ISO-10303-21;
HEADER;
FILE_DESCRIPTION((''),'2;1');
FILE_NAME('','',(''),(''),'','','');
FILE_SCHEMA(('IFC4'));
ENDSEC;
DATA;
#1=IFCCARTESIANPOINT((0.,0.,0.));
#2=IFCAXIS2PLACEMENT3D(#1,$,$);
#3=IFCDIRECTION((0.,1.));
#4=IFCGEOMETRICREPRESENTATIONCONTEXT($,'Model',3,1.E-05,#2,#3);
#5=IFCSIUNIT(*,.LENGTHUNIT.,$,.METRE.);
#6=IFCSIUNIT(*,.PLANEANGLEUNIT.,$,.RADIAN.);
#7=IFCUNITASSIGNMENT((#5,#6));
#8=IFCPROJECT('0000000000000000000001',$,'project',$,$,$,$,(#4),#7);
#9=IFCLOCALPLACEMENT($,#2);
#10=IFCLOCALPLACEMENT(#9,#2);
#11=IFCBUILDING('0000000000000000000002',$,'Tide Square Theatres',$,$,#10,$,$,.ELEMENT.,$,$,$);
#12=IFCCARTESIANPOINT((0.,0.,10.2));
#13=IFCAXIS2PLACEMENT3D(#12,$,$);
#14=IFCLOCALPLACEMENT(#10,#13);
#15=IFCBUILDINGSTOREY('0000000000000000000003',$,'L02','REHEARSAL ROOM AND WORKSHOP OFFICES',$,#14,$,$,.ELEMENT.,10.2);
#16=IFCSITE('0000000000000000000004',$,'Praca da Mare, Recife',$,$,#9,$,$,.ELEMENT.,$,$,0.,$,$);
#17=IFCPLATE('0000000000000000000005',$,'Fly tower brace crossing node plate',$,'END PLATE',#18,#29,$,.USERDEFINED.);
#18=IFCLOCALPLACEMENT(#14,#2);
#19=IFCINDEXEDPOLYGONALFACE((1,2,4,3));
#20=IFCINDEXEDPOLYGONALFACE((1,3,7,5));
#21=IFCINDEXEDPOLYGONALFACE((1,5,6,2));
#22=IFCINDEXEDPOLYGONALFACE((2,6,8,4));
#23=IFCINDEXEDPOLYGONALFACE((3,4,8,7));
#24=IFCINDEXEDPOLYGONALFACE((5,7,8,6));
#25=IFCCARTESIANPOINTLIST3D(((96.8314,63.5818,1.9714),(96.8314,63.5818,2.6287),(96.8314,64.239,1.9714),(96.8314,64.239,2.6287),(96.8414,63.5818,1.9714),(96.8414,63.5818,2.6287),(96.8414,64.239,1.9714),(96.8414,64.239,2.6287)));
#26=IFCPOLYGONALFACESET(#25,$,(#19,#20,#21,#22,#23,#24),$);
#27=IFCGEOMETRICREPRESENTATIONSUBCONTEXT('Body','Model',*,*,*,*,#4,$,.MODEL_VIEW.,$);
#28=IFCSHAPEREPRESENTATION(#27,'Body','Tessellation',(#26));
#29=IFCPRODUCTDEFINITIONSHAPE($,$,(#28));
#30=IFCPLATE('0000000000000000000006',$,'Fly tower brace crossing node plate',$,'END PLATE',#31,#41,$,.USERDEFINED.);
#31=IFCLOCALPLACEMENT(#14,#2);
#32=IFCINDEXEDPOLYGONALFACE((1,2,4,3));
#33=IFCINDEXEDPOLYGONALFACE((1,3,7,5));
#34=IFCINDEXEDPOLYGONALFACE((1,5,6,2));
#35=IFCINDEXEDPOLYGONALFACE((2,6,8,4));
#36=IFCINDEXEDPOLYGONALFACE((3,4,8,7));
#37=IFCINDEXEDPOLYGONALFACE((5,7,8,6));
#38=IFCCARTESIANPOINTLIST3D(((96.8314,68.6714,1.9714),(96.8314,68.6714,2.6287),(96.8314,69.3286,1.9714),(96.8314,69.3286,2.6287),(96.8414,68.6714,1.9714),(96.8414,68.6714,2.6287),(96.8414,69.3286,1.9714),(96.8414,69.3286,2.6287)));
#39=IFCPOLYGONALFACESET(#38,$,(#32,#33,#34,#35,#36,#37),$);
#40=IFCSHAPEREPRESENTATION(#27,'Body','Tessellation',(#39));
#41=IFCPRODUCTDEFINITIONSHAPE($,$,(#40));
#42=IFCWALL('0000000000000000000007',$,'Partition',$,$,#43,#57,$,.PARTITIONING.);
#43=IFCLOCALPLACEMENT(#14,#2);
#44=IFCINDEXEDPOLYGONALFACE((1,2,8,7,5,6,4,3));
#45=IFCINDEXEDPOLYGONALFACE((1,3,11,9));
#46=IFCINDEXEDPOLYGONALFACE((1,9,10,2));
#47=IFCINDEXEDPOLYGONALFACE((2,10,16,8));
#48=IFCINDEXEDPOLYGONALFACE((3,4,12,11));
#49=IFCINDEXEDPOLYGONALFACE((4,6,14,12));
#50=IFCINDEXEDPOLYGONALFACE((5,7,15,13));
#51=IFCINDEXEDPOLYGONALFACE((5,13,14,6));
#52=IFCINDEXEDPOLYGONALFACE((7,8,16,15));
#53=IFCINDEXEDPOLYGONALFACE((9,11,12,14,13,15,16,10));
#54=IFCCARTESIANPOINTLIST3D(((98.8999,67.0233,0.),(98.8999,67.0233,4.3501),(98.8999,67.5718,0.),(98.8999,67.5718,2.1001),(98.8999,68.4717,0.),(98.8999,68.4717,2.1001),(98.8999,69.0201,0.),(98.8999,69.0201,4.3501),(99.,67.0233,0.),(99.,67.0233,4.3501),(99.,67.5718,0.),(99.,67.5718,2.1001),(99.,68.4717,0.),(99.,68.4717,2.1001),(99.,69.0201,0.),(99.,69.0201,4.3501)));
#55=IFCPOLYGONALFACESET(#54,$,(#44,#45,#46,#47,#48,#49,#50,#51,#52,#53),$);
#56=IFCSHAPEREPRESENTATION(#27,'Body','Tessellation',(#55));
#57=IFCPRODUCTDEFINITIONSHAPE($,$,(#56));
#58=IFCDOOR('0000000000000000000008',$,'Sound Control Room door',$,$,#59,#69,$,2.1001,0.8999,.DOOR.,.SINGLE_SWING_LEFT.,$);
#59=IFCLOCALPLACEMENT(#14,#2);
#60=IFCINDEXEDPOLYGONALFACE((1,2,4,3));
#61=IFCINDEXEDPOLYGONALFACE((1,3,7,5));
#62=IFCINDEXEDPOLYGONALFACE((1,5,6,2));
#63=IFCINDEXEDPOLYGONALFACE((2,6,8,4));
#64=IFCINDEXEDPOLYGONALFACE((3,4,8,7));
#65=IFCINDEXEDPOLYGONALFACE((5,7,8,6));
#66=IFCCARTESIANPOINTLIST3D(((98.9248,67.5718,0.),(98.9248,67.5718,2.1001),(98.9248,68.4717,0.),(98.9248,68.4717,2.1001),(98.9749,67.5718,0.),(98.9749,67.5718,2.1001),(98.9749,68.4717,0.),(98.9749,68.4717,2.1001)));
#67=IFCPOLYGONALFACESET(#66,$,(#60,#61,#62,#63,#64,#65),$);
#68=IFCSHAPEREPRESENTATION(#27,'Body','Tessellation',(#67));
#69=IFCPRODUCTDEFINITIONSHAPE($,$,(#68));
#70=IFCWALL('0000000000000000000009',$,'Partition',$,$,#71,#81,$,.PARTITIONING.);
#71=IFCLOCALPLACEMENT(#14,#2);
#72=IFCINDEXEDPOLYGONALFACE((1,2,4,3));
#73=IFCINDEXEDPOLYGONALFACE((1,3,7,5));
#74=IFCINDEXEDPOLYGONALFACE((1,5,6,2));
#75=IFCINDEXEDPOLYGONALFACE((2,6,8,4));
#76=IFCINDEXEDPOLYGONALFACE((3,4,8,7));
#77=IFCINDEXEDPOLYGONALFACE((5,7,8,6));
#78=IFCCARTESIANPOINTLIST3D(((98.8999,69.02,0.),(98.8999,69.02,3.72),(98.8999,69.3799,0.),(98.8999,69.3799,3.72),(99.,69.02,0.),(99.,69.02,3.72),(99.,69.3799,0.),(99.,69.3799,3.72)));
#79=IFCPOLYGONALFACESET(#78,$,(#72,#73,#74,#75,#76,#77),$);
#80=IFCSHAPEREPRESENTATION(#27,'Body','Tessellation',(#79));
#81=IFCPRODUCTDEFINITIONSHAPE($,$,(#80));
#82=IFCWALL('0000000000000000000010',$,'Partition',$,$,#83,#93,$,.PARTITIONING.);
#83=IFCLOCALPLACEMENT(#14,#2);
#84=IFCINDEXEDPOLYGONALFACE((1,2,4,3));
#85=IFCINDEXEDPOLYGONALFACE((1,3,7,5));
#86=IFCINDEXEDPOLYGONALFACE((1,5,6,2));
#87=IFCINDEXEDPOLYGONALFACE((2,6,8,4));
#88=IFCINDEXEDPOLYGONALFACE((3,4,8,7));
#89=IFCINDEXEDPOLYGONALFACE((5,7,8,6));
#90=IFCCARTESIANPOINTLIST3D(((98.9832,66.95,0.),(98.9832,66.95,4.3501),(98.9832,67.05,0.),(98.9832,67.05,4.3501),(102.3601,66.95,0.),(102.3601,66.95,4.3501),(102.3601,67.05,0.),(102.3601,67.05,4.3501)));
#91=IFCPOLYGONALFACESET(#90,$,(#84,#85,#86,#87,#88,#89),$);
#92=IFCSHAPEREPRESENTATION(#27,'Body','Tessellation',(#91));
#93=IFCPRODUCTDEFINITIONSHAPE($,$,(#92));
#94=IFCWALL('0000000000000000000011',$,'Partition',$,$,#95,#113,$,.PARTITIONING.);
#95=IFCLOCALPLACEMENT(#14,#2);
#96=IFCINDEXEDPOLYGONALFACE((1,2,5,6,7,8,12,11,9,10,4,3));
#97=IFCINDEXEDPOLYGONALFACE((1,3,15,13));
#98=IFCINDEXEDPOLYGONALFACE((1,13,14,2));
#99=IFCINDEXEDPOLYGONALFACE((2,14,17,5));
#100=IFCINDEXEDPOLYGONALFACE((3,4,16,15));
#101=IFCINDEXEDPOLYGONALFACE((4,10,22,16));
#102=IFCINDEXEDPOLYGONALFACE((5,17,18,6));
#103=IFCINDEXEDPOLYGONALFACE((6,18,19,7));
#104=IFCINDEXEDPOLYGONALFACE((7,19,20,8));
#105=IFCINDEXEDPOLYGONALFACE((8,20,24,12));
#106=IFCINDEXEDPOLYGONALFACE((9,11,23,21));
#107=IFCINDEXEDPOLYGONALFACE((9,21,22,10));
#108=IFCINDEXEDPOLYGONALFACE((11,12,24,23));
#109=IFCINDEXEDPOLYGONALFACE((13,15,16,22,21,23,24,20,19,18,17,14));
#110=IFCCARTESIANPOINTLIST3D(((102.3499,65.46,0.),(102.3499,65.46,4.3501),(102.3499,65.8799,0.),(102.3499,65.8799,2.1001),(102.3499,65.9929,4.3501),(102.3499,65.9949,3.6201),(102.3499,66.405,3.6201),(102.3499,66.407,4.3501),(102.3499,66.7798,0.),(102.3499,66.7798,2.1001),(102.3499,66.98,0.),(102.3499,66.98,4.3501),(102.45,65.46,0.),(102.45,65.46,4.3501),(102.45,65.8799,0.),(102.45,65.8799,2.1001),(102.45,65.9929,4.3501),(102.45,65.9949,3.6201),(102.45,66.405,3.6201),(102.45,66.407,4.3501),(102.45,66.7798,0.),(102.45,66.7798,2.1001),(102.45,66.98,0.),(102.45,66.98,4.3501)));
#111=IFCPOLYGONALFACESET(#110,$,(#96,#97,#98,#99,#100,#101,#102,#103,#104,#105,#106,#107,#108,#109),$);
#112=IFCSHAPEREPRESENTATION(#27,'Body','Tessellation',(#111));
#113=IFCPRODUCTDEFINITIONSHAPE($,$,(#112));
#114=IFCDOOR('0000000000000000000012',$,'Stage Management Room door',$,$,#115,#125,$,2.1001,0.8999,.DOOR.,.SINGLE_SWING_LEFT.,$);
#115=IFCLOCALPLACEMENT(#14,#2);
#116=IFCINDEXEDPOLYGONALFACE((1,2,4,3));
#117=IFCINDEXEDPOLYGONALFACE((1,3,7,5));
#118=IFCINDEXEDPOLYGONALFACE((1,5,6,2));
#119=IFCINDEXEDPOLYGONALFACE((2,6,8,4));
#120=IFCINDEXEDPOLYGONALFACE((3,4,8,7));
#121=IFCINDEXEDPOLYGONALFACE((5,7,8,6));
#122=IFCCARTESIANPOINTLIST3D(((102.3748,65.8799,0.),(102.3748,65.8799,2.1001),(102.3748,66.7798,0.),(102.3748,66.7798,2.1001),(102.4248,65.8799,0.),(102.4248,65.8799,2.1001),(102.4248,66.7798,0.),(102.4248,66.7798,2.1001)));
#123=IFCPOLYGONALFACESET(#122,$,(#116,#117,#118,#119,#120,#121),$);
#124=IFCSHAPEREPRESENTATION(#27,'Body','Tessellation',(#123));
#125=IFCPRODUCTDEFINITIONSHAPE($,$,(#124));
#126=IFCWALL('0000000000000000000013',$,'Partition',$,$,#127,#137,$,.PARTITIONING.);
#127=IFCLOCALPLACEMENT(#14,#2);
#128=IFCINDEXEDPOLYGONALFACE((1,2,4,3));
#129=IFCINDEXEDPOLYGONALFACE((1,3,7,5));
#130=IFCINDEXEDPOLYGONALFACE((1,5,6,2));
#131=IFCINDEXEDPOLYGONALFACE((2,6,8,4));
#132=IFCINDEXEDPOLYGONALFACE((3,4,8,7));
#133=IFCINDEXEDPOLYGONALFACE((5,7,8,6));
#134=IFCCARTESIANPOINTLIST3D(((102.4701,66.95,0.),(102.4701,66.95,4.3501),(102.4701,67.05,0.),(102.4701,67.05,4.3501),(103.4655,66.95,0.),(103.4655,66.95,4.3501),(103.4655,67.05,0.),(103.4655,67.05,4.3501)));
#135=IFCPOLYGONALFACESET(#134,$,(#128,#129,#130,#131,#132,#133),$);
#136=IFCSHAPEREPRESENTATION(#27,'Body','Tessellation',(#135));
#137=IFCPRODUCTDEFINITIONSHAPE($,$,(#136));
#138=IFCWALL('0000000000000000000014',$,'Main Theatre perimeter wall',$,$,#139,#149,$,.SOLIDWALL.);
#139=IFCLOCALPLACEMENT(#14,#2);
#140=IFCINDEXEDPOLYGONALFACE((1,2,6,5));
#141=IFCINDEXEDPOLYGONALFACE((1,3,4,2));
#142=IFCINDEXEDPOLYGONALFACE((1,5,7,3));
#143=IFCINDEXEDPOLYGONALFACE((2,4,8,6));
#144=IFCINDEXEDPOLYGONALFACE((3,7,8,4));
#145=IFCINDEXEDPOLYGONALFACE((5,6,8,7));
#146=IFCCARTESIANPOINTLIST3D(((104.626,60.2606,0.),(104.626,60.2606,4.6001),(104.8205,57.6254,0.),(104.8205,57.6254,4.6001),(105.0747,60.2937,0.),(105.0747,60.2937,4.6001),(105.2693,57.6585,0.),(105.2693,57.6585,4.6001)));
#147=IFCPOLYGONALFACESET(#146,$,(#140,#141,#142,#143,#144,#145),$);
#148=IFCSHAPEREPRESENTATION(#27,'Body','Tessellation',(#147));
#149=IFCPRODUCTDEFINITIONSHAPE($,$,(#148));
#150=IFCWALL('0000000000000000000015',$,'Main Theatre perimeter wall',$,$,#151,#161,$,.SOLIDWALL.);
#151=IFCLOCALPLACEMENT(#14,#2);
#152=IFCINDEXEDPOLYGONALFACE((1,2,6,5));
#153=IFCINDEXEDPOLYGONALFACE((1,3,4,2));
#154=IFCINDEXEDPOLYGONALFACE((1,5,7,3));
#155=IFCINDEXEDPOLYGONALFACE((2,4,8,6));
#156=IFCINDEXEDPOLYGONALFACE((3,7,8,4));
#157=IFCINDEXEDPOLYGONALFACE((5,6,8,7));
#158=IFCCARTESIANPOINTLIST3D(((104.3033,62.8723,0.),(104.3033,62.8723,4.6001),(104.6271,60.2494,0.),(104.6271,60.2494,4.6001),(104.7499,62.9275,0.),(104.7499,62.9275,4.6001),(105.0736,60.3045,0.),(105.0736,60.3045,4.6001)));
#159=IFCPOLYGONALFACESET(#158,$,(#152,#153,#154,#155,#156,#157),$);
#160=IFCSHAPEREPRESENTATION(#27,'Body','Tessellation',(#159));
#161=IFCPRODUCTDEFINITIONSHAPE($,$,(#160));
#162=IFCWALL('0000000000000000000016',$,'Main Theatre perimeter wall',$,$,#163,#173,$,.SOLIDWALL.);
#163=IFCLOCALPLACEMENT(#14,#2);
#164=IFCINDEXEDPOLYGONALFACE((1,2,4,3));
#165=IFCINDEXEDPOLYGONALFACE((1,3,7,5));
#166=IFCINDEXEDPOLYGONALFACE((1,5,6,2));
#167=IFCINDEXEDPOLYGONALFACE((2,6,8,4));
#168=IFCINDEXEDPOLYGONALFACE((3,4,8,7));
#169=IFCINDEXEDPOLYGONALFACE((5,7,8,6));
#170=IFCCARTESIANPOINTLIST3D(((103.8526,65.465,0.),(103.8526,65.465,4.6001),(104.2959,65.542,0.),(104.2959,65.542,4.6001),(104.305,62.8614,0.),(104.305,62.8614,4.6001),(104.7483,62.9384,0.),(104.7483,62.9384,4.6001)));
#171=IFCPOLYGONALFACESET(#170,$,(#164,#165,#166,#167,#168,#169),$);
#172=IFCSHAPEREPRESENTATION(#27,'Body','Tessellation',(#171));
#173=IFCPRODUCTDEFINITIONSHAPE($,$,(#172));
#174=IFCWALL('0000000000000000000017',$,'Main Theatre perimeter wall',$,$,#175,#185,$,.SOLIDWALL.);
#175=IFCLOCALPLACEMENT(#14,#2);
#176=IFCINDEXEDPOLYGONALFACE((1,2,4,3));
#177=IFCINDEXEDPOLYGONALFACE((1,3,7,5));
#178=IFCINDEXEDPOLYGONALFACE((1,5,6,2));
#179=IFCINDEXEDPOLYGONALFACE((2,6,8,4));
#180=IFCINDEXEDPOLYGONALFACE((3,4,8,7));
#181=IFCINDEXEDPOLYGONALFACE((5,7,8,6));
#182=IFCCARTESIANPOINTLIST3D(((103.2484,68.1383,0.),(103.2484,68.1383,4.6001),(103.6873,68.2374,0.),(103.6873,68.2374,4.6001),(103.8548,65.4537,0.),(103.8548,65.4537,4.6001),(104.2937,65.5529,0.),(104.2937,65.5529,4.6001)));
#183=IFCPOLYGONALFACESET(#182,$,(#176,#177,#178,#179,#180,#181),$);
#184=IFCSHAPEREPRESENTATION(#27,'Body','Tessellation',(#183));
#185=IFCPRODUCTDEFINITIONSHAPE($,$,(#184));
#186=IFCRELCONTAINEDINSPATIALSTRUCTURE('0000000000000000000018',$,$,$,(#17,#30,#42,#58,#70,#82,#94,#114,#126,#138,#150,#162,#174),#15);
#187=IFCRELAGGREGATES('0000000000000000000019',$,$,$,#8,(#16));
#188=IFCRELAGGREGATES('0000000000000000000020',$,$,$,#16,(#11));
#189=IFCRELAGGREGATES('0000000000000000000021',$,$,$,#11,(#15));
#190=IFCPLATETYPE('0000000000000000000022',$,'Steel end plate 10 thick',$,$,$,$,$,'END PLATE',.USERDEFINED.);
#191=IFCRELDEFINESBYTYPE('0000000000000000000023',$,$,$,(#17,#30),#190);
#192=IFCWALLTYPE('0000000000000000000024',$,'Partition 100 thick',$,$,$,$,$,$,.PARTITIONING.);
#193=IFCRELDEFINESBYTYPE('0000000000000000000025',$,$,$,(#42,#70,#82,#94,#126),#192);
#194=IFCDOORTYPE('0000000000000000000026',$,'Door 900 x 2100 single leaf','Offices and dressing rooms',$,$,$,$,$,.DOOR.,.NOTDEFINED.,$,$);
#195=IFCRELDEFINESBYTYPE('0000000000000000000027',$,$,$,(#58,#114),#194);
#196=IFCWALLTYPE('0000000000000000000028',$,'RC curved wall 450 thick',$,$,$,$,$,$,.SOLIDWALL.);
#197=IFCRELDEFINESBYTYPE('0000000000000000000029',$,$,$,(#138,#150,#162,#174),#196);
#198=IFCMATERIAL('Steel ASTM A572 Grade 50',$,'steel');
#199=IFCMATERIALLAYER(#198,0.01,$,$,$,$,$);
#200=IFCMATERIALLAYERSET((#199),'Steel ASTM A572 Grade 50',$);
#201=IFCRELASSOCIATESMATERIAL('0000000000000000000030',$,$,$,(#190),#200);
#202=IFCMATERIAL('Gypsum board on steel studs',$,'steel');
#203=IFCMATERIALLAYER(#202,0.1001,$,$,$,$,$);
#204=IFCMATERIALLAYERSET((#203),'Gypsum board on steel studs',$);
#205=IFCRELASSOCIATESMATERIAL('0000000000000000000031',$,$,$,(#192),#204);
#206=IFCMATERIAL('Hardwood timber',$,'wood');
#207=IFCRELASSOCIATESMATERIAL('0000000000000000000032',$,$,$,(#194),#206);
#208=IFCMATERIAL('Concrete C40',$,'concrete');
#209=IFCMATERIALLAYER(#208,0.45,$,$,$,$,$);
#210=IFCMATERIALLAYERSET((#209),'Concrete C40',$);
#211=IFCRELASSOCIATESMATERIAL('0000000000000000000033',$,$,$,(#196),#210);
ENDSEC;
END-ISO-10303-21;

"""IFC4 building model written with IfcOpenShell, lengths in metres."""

from ifc_helpers import new_model, si_unit, direction, frame, frame_2d, origin, origin_2d, place, context, subcontext, project, spatial, polyline, rectangle, outline, extrude, material, layer, layer_set, type_object, element, fill, save


model = new_model("IFC4")

# Units and contexts
model_context = context("Model", 3, precision=1e-05, world=origin(), true_north=direction((0.0, 1.0)))
body_context = subcontext(model_context, "Body", "Model", "MODEL_VIEW")
ifc_project = project(units=[si_unit("LENGTHUNIT", "METRE"), si_unit("PLANEANGLEUNIT", "RADIAN")], contexts=[model_context])

# Site, building, storey
site_placement = place(None, origin())
site = spatial("IfcSite", under=ifc_project, at=site_placement, Name="Praca da Mare, Recife", CompositionType="ELEMENT", RefElevation=0.0)
building_placement = place(site_placement, origin())
building = spatial("IfcBuilding", under=site, at=building_placement, Name="Tide Square Theatres", CompositionType="ELEMENT")
storey_placement = place(building_placement, frame((0.0, 0.0, 10.2)))
storey = spatial("IfcBuildingStorey", under=building, at=storey_placement, Name="L02", Description="REHEARSAL ROOM AND WORKSHOP OFFICES", CompositionType="ELEMENT", Elevation=10.2)

# Plates
ifc_material_1 = material(Name="Steel ASTM A572 Grade 50", Category="steel")
ifc_layer_1 = layer(ifc_material_1, 0.01)
ifc_layer_set_1 = layer_set([ifc_layer_1], Name="Steel ASTM A572 Grade 50")
plate_type = type_object("IfcPlateType", Name="Steel end plate 10 thick", ElementType="END PLATE", PredefinedType="USERDEFINED", material=ifc_layer_set_1)
for number, where, z_axis, x_axis, name in (
    (1, (96.8364, 63.9104, 1.9714), (0.0, 0.0, 1.0), (1.0, 0.0, 0.0), "Fly tower brace crossing node plate"),
    (2, (96.8364, 69.0, 1.9714), (0.0, 0.0, 1.0), (1.0, 0.0, 0.0), "Fly tower brace crossing node plate"),
):
    element("IfcPlate", number, at=place(storey_placement, frame(where, z_axis=z_axis, x_axis=x_axis)), inside=storey, type_object=plate_type, Name=name, ObjectType="END PLATE", PredefinedType="USERDEFINED", context=body_context, shape_type="SweptSolid", body=[
        extrude(rectangle(XDim=0.01, YDim=0.6572, at=origin_2d()), origin(), (0.0, 0.0, 1.0), 0.6572),
    ])

# Wall, opening, door
ifc_material_2 = material(Name="Gypsum board on steel studs", Category="steel")
ifc_layer_2 = layer(ifc_material_2, 0.1001)
ifc_layer_set_2 = layer_set([ifc_layer_2], Name="Gypsum board on steel studs")
wall_type_1 = type_object("IfcWallType", Name="Partition 100 thick", PredefinedType="PARTITIONING", material=ifc_layer_set_2)
wall_1_placement = place(storey_placement, frame((98.95, 67.0232, 0.0), z_axis=(0.0, 0.0, 1.0), x_axis=(0.0, 1.0, 0.0)))
wall_1 = element("IfcWall", 3, at=wall_1_placement, inside=storey, type_object=wall_type_1, Name="Partition", PredefinedType="PARTITIONING", context=body_context, shape_type="SweptSolid", body=[
    extrude(rectangle(XDim=1.9968, YDim=0.1001, at=frame_2d((0.9985, 0.0))), origin(), (0.0, 0.0, 1.0), 4.3501),
])
opening_1_placement = place(wall_1_placement, frame((0.5486, 0.0, 0.0)))
opening_1 = element("IfcOpeningElement", 4, at=opening_1_placement, cuts=wall_1, PredefinedType="OPENING", context=body_context, shape_type="SweptSolid", body=[
    extrude(rectangle(XDim=0.8999, YDim=2.1001, at=frame_2d((0.45, 1.05))), frame((0.0, 0.0601, 0.0), z_axis=(0.0, -1.0, 0.0), x_axis=(1.0, 0.0, 0.0)), (0.0, 0.0, 1.0), 0.1201),
])
ifc_material_3 = material(Name="Hardwood timber", Category="wood")
door_type_1 = type_object("IfcDoorType", Name="Door 900 x 2100 single leaf", Description="Offices and dressing rooms", OperationType="NOTDEFINED", PredefinedType="DOOR", material=ifc_material_3)
door_1_placement = place(opening_1_placement, frame((0.8999, 0.0, 0.0), z_axis=(0.0, 0.0, 1.0), x_axis=(-1.0, 0.0, 0.0)))
door_1 = element("IfcDoor", 5, at=door_1_placement, inside=storey, type_object=door_type_1, Name="Sound Control Room door", OperationType="SINGLE_SWING_LEFT", OverallHeight=2.1001, OverallWidth=0.8999, PredefinedType="DOOR", context=body_context, shape_type="SweptSolid", body=[
    extrude(rectangle(XDim=0.8999, YDim=2.1001, at=frame_2d((0.45, 1.05))), frame((0.0, 0.0249, 0.0), z_axis=(0.0, -1.0, 0.0), x_axis=(1.0, 0.0, 0.0)), (0.0, 0.0, 1.0), 0.05),
])
fill(opening_1, door_1)

# Walls
wall_2_placement = place(storey_placement, frame((98.95, 69.02, 0.0), z_axis=(0.0, 0.0, 1.0), x_axis=(0.0, 1.0, 0.0)))
element("IfcWall", 6, at=wall_2_placement, inside=storey, type_object=wall_type_1, Name="Partition", PredefinedType="PARTITIONING", context=body_context, shape_type="SweptSolid", body=[
    extrude(rectangle(XDim=0.3599, YDim=0.1001, at=frame_2d((0.1799, 0.0))), origin(), (0.0, 0.0, 1.0), 3.72),
])
wall_3_placement = place(storey_placement, frame((102.3601, 67.0, 0.0), z_axis=(0.0, 0.0, 1.0), x_axis=(-1.0, 0.0, 0.0)))
element("IfcWall", 7, at=wall_3_placement, inside=storey, type_object=wall_type_1, Name="Partition", PredefinedType="PARTITIONING", context=body_context, shape_type="SweptSolid", body=[
    extrude(rectangle(XDim=3.377, YDim=0.1001, at=frame_2d((1.6885, 0.0))), origin(), (0.0, 0.0, 1.0), 4.3501),
])

# Wall, opening, door
wall_4_placement = place(storey_placement, frame((102.3999, 65.46, 0.0), z_axis=(0.0, 0.0, 1.0), x_axis=(0.0, 1.0, 0.0)))
wall_4 = element("IfcWall", 8, at=wall_4_placement, inside=storey, type_object=wall_type_1, Name="Partition", PredefinedType="PARTITIONING", context=body_context, shape_type="SweptSolid", body=[
    extrude(outline(polyline([(0.0, 0.0), (1.52, 0.0), (1.52, 4.3501), (0.947, 4.3501), (0.9451, 3.6201), (0.5349, 3.6201), (0.533, 4.3501), (0.0, 4.3501), (0.0, 0.0)])), frame((0.0, 0.05, 0.0), z_axis=(0.0, -1.0, 0.0), x_axis=(1.0, 0.0, 0.0)), (0.0, 0.0, 1.0), 0.1001),
])
opening_2_placement = place(wall_4_placement, frame((0.4199, 0.0, 0.0)))
opening_2 = element("IfcOpeningElement", 9, at=opening_2_placement, cuts=wall_4, PredefinedType="OPENING", context=body_context, shape_type="SweptSolid", body=[
    extrude(rectangle(XDim=0.8999, YDim=2.1001, at=frame_2d((0.45, 1.05))), frame((0.0, 0.0601, 0.0), z_axis=(0.0, -1.0, 0.0), x_axis=(1.0, 0.0, 0.0)), (0.0, 0.0, 1.0), 0.1201),
])
door_2_placement = place(opening_2_placement, frame((0.8999, 0.0, 0.0), z_axis=(0.0, 0.0, 1.0), x_axis=(-1.0, 0.0, 0.0)))
door_2 = element("IfcDoor", 10, at=door_2_placement, inside=storey, type_object=door_type_1, Name="Stage Management Room door", OperationType="SINGLE_SWING_LEFT", OverallHeight=2.1001, OverallWidth=0.8999, PredefinedType="DOOR", context=body_context, shape_type="SweptSolid", body=[
    extrude(rectangle(XDim=0.8999, YDim=2.1001, at=frame_2d((0.45, 1.05))), frame((0.0, 0.0249, 0.0), z_axis=(0.0, -1.0, 0.0), x_axis=(1.0, 0.0, 0.0)), (0.0, 0.0, 1.0), 0.05),
])
fill(opening_2, door_2)

# Walls
wall_5_placement = place(storey_placement, frame((103.4653, 67.0, 0.0), z_axis=(0.0, 0.0, 1.0), x_axis=(-1.0, 0.0, 0.0)))
element("IfcWall", 11, at=wall_5_placement, inside=storey, type_object=wall_type_1, Name="Partition", PredefinedType="PARTITIONING", context=body_context, shape_type="SweptSolid", body=[
    extrude(rectangle(XDim=0.9954, YDim=0.1001, at=frame_2d((0.4976, 0.0))), origin(), (0.0, 0.0, 1.0), 4.3501),
])
ifc_material_4 = material(Name="Concrete C40", Category="concrete")
ifc_layer_3 = layer(ifc_material_4, 0.45)
ifc_layer_set_3 = layer_set([ifc_layer_3], Name="Concrete C40")
wall_type_2 = type_object("IfcWallType", Name="RC curved wall 450 thick", PredefinedType="SOLIDWALL", material=ifc_layer_set_3)
wall_6_placement = place(storey_placement, frame((105.0449, 57.6418, 0.0), z_axis=(0.0, 0.0, 1.0), x_axis=(-0.073637, 0.997285, 0.0)))
element("IfcWall", 12, at=wall_6_placement, inside=storey, type_object=wall_type_2, Name="Main Theatre perimeter wall", PredefinedType="SOLIDWALL", context=body_context, shape_type="SweptSolid", body=[
    extrude(rectangle(XDim=2.6423, YDim=0.45, at=frame_2d((1.3213, 0.0))), origin(), (0.0, 0.0, 1.0), 4.6001),
])
wall_7_placement = place(storey_placement, frame((104.8503, 60.2771, 0.0), z_axis=(0.0, 0.0, 1.0), x_axis=(-0.1225, 0.992469, 0.0)))
element("IfcWall", 13, at=wall_7_placement, inside=storey, type_object=wall_type_2, Name="Main Theatre perimeter wall", PredefinedType="SOLIDWALL", context=body_context, shape_type="SweptSolid", body=[
    extrude(rectangle(XDim=2.6428, YDim=0.45, at=frame_2d((1.3213, 0.0))), origin(), (0.0, 0.0, 1.0), 4.6001),
])
wall_8_placement = place(storey_placement, frame((104.5266, 62.8999, 0.0), z_axis=(0.0, 0.0, 1.0), x_axis=(-0.171197, 0.985237, 0.0)))
element("IfcWall", 14, at=wall_8_placement, inside=storey, type_object=wall_type_2, Name="Main Theatre perimeter wall", PredefinedType="SOLIDWALL", context=body_context, shape_type="SweptSolid", body=[
    extrude(rectangle(XDim=2.6426, YDim=0.45, at=frame_2d((1.3213, 0.0))), origin(), (0.0, 0.0, 1.0), 4.6001),
])
wall_9_placement = place(storey_placement, frame((104.0742, 65.5034, 0.0), z_axis=(0.0, 0.0, 1.0), x_axis=(-0.220348, 0.975421, 0.0)))
element("IfcWall", 15, at=wall_9_placement, inside=storey, type_object=wall_type_2, Name="Main Theatre perimeter wall", PredefinedType="SOLIDWALL", context=body_context, shape_type="SweptSolid", body=[
    extrude(rectangle(XDim=2.7522, YDim=0.45, at=frame_2d((1.376, 0.0))), origin(), (0.0, 0.0, 1.0), 4.6001),
])

save(model, "model.ifc")
